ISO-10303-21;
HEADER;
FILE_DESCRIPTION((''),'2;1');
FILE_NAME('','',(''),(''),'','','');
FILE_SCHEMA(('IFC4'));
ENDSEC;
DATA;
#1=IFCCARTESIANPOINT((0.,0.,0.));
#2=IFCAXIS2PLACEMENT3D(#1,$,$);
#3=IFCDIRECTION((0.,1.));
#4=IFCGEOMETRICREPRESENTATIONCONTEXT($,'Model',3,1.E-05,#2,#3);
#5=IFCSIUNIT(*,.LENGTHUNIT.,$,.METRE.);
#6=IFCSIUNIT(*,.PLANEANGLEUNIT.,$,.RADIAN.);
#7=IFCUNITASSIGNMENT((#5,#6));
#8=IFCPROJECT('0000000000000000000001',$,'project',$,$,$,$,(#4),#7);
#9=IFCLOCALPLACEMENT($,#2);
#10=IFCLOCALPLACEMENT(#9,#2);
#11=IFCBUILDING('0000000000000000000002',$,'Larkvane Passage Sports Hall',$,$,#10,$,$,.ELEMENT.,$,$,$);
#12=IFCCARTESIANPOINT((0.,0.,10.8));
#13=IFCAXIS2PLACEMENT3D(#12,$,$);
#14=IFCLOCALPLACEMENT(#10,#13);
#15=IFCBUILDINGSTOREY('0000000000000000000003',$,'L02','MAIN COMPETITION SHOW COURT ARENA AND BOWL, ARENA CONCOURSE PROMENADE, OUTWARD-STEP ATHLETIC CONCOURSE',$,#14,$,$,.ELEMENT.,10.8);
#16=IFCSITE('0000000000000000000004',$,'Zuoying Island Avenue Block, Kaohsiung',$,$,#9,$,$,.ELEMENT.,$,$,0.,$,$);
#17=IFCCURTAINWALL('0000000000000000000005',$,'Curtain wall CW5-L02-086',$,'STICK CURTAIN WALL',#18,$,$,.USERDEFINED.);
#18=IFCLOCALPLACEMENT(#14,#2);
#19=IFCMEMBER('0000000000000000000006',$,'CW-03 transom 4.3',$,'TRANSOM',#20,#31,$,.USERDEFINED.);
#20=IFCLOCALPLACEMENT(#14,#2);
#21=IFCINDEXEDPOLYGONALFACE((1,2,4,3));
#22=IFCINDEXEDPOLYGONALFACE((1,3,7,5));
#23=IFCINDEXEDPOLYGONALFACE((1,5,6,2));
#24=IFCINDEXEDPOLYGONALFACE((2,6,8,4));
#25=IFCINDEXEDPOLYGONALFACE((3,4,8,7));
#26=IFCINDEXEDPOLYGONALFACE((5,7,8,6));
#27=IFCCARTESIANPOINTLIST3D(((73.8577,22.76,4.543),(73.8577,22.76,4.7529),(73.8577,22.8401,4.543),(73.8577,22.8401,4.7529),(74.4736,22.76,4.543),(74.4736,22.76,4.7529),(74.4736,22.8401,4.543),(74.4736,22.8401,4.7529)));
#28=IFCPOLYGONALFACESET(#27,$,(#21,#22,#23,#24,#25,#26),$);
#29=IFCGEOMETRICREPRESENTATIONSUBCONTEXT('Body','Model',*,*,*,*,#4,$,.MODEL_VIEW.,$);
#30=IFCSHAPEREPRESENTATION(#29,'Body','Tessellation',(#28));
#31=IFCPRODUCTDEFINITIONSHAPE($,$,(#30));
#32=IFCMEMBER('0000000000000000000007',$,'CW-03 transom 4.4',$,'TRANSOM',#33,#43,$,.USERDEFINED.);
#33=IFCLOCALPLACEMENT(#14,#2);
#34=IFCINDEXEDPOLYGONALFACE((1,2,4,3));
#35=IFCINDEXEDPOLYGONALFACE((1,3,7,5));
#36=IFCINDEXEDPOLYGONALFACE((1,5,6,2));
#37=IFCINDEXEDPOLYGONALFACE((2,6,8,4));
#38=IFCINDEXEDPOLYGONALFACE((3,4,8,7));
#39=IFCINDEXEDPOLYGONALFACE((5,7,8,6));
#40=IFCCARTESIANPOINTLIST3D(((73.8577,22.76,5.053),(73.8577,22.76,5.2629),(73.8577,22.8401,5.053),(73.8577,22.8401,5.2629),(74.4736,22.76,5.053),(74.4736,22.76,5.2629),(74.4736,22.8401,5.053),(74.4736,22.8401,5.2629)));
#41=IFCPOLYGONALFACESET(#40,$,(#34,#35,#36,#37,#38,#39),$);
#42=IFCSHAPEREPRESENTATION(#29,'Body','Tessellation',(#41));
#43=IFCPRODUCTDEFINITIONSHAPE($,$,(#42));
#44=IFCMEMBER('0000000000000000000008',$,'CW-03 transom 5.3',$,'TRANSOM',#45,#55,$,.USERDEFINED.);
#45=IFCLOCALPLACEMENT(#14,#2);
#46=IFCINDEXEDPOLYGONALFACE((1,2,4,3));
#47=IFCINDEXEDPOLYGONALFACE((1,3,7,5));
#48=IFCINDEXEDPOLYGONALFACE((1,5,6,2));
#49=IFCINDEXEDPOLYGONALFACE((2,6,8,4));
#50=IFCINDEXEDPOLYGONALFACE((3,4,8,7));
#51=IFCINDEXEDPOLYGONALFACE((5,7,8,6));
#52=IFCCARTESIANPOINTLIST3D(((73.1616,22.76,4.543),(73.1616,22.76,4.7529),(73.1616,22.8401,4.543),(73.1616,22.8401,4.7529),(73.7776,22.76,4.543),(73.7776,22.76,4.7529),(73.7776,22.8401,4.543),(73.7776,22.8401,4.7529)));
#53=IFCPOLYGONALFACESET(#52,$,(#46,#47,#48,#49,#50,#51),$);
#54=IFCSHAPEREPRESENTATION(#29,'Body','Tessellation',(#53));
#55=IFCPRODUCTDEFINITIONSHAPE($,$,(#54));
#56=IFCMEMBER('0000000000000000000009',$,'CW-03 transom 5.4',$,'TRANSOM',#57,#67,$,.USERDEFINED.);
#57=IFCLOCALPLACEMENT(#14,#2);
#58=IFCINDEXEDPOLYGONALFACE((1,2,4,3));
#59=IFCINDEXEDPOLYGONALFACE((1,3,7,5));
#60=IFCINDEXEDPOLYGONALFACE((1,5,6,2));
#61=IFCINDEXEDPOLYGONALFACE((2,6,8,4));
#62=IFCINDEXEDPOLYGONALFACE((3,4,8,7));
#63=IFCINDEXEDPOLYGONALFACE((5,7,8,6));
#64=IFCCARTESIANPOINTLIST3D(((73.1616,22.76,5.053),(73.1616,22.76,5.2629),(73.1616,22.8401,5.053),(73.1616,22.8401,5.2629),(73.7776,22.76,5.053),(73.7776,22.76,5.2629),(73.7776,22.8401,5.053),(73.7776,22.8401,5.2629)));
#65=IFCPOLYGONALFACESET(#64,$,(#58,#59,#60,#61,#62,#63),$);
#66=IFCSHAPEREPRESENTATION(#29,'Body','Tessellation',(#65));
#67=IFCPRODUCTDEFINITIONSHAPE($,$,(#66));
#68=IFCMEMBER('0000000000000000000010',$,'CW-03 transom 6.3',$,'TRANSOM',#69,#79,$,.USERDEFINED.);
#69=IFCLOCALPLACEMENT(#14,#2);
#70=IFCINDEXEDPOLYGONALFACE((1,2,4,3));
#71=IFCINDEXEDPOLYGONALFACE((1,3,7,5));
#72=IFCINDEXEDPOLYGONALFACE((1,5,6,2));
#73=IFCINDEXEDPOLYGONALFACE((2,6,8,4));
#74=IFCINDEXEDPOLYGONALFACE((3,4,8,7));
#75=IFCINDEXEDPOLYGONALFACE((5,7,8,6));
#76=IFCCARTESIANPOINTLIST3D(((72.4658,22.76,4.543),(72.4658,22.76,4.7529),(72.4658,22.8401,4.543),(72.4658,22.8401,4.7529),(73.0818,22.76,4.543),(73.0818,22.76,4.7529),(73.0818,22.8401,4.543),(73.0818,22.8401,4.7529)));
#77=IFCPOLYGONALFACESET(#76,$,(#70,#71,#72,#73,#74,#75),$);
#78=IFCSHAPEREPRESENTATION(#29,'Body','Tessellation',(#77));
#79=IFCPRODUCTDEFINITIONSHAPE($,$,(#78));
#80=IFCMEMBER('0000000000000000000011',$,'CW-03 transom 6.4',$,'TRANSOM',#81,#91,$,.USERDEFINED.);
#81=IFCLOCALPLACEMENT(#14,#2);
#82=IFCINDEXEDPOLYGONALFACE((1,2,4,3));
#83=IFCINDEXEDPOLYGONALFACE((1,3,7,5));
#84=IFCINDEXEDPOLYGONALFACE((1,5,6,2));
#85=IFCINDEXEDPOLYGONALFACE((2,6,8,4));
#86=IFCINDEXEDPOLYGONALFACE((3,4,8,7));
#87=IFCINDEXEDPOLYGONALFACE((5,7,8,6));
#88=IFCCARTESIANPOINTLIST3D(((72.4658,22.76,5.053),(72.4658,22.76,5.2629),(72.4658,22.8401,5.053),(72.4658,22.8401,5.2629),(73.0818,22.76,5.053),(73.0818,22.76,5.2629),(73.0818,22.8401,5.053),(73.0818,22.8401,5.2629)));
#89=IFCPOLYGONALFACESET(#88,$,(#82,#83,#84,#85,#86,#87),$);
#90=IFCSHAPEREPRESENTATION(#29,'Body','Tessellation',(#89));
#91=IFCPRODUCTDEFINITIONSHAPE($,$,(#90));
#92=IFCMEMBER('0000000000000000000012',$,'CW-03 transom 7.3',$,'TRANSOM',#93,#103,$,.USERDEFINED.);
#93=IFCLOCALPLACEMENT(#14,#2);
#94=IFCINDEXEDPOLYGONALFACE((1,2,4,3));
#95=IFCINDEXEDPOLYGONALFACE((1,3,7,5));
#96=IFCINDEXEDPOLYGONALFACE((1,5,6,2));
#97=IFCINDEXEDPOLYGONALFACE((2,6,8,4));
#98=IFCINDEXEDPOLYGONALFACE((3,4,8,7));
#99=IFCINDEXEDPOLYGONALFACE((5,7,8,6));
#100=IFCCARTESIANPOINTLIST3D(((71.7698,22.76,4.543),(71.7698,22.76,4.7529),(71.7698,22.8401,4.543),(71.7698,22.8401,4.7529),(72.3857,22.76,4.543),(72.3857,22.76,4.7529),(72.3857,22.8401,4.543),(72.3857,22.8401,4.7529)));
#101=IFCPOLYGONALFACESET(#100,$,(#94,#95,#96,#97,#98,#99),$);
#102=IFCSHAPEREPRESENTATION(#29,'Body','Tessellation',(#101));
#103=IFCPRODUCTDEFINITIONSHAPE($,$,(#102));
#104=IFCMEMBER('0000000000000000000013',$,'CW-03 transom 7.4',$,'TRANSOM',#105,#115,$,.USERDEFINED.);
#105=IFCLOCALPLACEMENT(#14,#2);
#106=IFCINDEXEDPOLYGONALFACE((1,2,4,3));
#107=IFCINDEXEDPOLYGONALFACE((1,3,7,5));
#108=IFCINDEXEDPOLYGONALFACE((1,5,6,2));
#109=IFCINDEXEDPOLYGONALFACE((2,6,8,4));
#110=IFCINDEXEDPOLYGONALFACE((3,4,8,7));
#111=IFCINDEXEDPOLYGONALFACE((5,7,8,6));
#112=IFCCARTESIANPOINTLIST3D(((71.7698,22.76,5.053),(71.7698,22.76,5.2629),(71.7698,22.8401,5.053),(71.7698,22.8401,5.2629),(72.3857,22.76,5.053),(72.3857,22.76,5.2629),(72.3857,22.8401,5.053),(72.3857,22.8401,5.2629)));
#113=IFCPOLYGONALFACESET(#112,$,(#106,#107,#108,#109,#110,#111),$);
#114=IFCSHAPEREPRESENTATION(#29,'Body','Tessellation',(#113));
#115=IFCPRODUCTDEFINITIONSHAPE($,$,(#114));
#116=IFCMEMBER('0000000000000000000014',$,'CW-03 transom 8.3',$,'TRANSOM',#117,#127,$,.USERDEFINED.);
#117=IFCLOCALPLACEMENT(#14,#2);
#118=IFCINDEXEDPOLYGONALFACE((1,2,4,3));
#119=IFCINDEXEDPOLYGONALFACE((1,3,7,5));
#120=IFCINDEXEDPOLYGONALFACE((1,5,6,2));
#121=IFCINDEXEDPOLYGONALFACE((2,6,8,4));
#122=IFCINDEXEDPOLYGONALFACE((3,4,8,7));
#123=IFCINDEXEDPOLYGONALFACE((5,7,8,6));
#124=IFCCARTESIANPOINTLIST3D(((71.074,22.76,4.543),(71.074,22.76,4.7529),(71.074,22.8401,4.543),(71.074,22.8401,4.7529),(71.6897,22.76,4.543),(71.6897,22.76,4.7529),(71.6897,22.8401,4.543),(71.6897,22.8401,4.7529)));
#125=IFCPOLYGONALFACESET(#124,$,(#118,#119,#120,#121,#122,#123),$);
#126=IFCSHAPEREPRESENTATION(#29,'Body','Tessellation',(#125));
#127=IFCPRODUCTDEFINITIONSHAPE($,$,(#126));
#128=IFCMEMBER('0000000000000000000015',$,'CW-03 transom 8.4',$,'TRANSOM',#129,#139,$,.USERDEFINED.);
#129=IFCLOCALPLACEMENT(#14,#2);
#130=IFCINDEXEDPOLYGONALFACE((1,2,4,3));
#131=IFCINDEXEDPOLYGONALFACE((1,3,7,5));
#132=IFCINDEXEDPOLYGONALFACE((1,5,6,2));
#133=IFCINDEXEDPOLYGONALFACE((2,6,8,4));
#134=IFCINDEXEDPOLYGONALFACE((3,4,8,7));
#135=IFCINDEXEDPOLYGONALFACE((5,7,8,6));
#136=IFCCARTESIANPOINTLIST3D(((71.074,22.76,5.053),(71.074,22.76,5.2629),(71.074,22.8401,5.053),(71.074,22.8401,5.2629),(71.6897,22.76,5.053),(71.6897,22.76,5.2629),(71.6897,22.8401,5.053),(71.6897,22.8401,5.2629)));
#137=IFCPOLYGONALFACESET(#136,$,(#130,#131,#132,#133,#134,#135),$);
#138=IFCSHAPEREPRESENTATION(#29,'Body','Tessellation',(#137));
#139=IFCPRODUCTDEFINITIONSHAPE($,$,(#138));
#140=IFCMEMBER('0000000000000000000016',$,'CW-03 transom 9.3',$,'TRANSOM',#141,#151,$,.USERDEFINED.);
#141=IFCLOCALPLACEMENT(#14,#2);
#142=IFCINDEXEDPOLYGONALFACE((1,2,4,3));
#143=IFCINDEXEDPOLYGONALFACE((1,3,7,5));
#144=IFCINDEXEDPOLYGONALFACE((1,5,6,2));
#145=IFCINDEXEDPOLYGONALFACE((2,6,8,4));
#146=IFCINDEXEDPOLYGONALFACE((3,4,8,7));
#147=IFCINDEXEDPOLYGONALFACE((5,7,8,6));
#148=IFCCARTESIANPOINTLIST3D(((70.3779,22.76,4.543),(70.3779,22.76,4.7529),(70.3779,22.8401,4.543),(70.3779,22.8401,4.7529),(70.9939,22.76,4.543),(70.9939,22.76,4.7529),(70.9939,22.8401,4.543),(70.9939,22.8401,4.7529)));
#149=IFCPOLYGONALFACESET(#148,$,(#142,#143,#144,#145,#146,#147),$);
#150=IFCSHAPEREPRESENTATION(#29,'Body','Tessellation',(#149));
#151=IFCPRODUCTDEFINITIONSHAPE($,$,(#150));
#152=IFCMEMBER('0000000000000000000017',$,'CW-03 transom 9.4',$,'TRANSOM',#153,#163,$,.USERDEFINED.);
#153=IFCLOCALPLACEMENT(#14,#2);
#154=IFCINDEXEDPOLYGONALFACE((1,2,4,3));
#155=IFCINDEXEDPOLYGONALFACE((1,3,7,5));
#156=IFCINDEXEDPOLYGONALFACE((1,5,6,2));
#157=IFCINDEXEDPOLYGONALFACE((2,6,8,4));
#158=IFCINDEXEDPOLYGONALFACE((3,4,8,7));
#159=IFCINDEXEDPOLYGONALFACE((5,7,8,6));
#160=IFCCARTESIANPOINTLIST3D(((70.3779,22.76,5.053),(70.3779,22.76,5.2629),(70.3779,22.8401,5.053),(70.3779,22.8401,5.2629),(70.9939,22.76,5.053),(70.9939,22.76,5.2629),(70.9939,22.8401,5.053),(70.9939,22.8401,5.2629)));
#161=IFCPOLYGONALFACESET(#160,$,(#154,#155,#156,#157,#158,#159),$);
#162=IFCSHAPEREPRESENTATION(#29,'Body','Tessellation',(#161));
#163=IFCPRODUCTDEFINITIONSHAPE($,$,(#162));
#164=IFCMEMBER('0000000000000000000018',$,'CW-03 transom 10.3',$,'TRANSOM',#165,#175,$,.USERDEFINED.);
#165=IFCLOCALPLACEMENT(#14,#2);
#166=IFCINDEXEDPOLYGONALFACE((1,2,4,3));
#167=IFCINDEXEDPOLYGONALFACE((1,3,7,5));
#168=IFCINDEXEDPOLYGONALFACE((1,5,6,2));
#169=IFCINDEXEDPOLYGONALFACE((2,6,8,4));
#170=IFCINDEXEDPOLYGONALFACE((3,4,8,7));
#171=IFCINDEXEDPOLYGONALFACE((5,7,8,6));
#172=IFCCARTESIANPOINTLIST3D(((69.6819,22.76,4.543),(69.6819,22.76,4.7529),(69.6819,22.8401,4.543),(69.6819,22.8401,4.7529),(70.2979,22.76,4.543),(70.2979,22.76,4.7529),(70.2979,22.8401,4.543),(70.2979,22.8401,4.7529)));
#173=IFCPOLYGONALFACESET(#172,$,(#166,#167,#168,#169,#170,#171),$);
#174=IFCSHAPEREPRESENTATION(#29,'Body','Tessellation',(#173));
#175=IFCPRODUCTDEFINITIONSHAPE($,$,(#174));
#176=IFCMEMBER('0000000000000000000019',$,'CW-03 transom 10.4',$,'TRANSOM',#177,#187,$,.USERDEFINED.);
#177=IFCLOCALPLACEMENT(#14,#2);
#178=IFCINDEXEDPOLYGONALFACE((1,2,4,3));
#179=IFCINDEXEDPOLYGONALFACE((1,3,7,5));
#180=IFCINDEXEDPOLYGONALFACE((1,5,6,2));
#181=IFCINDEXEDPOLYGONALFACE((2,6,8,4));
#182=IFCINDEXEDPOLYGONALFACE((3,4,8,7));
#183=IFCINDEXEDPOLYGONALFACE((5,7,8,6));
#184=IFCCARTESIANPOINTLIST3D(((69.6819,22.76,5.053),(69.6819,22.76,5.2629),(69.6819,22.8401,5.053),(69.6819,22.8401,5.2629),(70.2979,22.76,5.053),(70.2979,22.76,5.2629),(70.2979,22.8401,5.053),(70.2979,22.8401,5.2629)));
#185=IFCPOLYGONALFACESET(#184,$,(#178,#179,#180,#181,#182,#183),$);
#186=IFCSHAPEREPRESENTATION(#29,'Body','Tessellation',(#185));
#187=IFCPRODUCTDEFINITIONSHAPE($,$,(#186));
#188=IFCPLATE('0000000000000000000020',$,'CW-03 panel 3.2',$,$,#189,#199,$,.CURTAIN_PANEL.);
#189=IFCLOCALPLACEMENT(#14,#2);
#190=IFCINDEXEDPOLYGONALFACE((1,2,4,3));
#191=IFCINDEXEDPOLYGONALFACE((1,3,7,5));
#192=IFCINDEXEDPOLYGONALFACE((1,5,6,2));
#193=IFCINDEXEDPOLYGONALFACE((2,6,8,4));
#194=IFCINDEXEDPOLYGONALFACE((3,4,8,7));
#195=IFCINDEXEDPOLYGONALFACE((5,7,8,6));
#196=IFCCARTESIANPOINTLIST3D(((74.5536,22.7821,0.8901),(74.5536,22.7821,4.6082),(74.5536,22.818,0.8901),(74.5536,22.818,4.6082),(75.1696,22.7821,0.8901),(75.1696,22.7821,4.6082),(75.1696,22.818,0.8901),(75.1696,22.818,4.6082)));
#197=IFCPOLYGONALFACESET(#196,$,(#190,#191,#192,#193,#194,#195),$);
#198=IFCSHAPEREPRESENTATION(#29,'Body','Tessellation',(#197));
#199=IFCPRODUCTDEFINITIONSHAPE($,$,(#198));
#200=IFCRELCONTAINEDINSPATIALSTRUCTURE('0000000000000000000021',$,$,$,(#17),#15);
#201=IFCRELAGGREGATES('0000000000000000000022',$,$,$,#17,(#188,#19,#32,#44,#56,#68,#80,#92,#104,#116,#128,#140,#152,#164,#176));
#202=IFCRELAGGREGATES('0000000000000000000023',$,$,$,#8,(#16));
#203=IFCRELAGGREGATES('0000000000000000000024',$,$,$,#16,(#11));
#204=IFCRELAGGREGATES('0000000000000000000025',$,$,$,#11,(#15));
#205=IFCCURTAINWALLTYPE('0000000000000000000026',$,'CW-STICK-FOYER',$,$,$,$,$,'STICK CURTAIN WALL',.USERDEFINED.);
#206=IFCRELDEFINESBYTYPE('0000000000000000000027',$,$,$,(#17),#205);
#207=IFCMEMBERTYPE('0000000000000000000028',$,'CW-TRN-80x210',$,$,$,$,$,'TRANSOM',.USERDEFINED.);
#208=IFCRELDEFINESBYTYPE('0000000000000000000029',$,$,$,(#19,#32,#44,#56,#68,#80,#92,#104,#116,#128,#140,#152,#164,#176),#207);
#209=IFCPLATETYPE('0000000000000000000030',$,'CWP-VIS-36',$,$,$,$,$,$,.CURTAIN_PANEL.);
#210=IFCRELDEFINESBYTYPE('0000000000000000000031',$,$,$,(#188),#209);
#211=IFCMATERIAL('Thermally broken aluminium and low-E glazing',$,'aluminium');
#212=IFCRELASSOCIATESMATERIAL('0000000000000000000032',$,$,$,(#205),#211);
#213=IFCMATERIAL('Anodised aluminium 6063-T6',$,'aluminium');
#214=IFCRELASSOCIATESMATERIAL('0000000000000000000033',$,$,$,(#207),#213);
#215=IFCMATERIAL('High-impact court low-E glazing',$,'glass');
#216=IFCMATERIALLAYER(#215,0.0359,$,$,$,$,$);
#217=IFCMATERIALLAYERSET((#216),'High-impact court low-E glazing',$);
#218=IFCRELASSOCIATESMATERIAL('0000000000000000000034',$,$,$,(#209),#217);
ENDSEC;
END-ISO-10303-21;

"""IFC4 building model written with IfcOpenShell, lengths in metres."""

from ifc_helpers import new_model, si_unit, direction, frame, origin, origin_2d, place, context, subcontext, project, spatial, rectangle, extrude, material, layer, layer_set, material_profile, profile_set, type_object, element, aggregate, save


model = new_model("IFC4")

# Units and contexts
model_context = context("Model", 3, precision=1e-05, world=origin(), true_north=direction((0.0, 1.0)))
body_context = subcontext(model_context, "Body", "Model", "MODEL_VIEW")
ifc_project = project(units=[si_unit("LENGTHUNIT", "METRE"), si_unit("PLANEANGLEUNIT", "RADIAN")], contexts=[model_context])

# Site, building, storey
site_placement = place(None, origin())
site = spatial("IfcSite", under=ifc_project, at=site_placement, Name="Zuoying Island Avenue Block, Kaohsiung", CompositionType="ELEMENT", RefElevation=0.0)
building_placement = place(site_placement, origin())
building = spatial("IfcBuilding", under=site, at=building_placement, Name="Larkvane Passage Sports Hall", CompositionType="ELEMENT")
storey_placement = place(building_placement, frame((0.0, 0.0, 10.8)))
storey = spatial("IfcBuildingStorey", under=building, at=storey_placement, Name="L02", Description="MAIN COMPETITION SHOW COURT ARENA AND BOWL, ARENA CONCOURSE PROMENADE, OUTWARD-STEP ATHLETIC CONCOURSE", CompositionType="ELEMENT", Elevation=10.8)

# Curtain wall, members, plate
ifc_material_1 = material(Name="Thermally broken aluminium and low-E glazing", Category="aluminium")
curtain_wall_type = type_object("IfcCurtainWallType", Name="CW-STICK-FOYER", ElementType="STICK CURTAIN WALL", PredefinedType="USERDEFINED", material=ifc_material_1)
curtain_wall_placement = place(storey_placement, origin())
curtain_wall = element("IfcCurtainWall", 1, at=curtain_wall_placement, inside=storey, type_object=curtain_wall_type, Name="Curtain wall CW5-L02-086", ObjectType="STICK CURTAIN WALL", PredefinedType="USERDEFINED")
ifc_material_2 = material(Name="Anodised aluminium 6063-T6", Category="aluminium")
ifc_material_profile = material_profile(ifc_material_2, rectangle(XDim=0.0801, YDim=0.21, at=origin_2d()), Name="ALU-TRN-80x210")
ifc_profile_set = profile_set([ifc_material_profile], Name="Anodised aluminium 6063-T6")
member_type = type_object("IfcMemberType", Name="CW-TRN-80x210", ElementType="TRANSOM", PredefinedType="USERDEFINED", material=ifc_profile_set)
member_1_placement = place(storey_placement, frame((74.4736, 22.8, 4.6479), z_axis=(-1.0, 0.0, 0.0), x_axis=(0.0, -1.0, 0.0)))
member_1 = element("IfcMember", 2, at=member_1_placement, type_object=member_type, Name="CW-03 transom 4.3", ObjectType="TRANSOM", PredefinedType="USERDEFINED", context=body_context, shape_type="SweptSolid", body=[
    extrude(rectangle(XDim=0.0801, YDim=0.21, at=origin_2d()), origin(), (0.0, 0.0, 1.0), 0.616),
])
member_2_placement = place(storey_placement, frame((74.4736, 22.8, 5.158), z_axis=(-1.0, 0.0, 0.0), x_axis=(0.0, -1.0, 0.0)))
member_2 = element("IfcMember", 3, at=member_2_placement, type_object=member_type, Name="CW-03 transom 4.4", ObjectType="TRANSOM", PredefinedType="USERDEFINED", context=body_context, shape_type="SweptSolid", body=[
    extrude(rectangle(XDim=0.0801, YDim=0.21, at=origin_2d()), origin(), (0.0, 0.0, 1.0), 0.616),
])
member_3_placement = place(storey_placement, frame((73.7776, 22.8, 4.6479), z_axis=(-1.0, 0.0, 0.0), x_axis=(0.0, -1.0, 0.0)))
member_3 = element("IfcMember", 4, at=member_3_placement, type_object=member_type, Name="CW-03 transom 5.3", ObjectType="TRANSOM", PredefinedType="USERDEFINED", context=body_context, shape_type="SweptSolid", body=[
    extrude(rectangle(XDim=0.0801, YDim=0.21, at=origin_2d()), origin(), (0.0, 0.0, 1.0), 0.616),
])
member_4_placement = place(storey_placement, frame((73.7776, 22.8, 5.158), z_axis=(-1.0, 0.0, 0.0), x_axis=(0.0, -1.0, 0.0)))
member_4 = element("IfcMember", 5, at=member_4_placement, type_object=member_type, Name="CW-03 transom 5.4", ObjectType="TRANSOM", PredefinedType="USERDEFINED", context=body_context, shape_type="SweptSolid", body=[
    extrude(rectangle(XDim=0.0801, YDim=0.21, at=origin_2d()), origin(), (0.0, 0.0, 1.0), 0.616),
])
member_5_placement = place(storey_placement, frame((73.0818, 22.8, 4.6479), z_axis=(-1.0, 0.0, 0.0), x_axis=(0.0, -1.0, 0.0)))
member_5 = element("IfcMember", 6, at=member_5_placement, type_object=member_type, Name="CW-03 transom 6.3", ObjectType="TRANSOM", PredefinedType="USERDEFINED", context=body_context, shape_type="SweptSolid", body=[
    extrude(rectangle(XDim=0.0801, YDim=0.21, at=origin_2d()), origin(), (0.0, 0.0, 1.0), 0.616),
])
member_6_placement = place(storey_placement, frame((73.0818, 22.8, 5.158), z_axis=(-1.0, 0.0, 0.0), x_axis=(0.0, -1.0, 0.0)))
member_6 = element("IfcMember", 7, at=member_6_placement, type_object=member_type, Name="CW-03 transom 6.4", ObjectType="TRANSOM", PredefinedType="USERDEFINED", context=body_context, shape_type="SweptSolid", body=[
    extrude(rectangle(XDim=0.0801, YDim=0.21, at=origin_2d()), origin(), (0.0, 0.0, 1.0), 0.616),
])
member_7_placement = place(storey_placement, frame((72.3857, 22.8, 4.6479), z_axis=(-1.0, 0.0, 0.0), x_axis=(0.0, -1.0, 0.0)))
member_7 = element("IfcMember", 8, at=member_7_placement, type_object=member_type, Name="CW-03 transom 7.3", ObjectType="TRANSOM", PredefinedType="USERDEFINED", context=body_context, shape_type="SweptSolid", body=[
    extrude(rectangle(XDim=0.0801, YDim=0.21, at=origin_2d()), origin(), (0.0, 0.0, 1.0), 0.616),
])
member_8_placement = place(storey_placement, frame((72.3857, 22.8, 5.158), z_axis=(-1.0, 0.0, 0.0), x_axis=(0.0, -1.0, 0.0)))
member_8 = element("IfcMember", 9, at=member_8_placement, type_object=member_type, Name="CW-03 transom 7.4", ObjectType="TRANSOM", PredefinedType="USERDEFINED", context=body_context, shape_type="SweptSolid", body=[
    extrude(rectangle(XDim=0.0801, YDim=0.21, at=origin_2d()), origin(), (0.0, 0.0, 1.0), 0.616),
])
member_9_placement = place(storey_placement, frame((71.6897, 22.8, 4.6479), z_axis=(-1.0, 0.0, 0.0), x_axis=(0.0, -1.0, 0.0)))
member_9 = element("IfcMember", 10, at=member_9_placement, type_object=member_type, Name="CW-03 transom 8.3", ObjectType="TRANSOM", PredefinedType="USERDEFINED", context=body_context, shape_type="SweptSolid", body=[
    extrude(rectangle(XDim=0.0801, YDim=0.21, at=origin_2d()), origin(), (0.0, 0.0, 1.0), 0.6157),
])
member_10_placement = place(storey_placement, frame((71.6897, 22.8, 5.158), z_axis=(-1.0, 0.0, 0.0), x_axis=(0.0, -1.0, 0.0)))
member_10 = element("IfcMember", 11, at=member_10_placement, type_object=member_type, Name="CW-03 transom 8.4", ObjectType="TRANSOM", PredefinedType="USERDEFINED", context=body_context, shape_type="SweptSolid", body=[
    extrude(rectangle(XDim=0.0801, YDim=0.21, at=origin_2d()), origin(), (0.0, 0.0, 1.0), 0.6157),
])
member_11_placement = place(storey_placement, frame((70.9939, 22.8, 4.6479), z_axis=(-1.0, 0.0, 0.0), x_axis=(0.0, -1.0, 0.0)))
member_11 = element("IfcMember", 12, at=member_11_placement, type_object=member_type, Name="CW-03 transom 9.3", ObjectType="TRANSOM", PredefinedType="USERDEFINED", context=body_context, shape_type="SweptSolid", body=[
    extrude(rectangle(XDim=0.0801, YDim=0.21, at=origin_2d()), origin(), (0.0, 0.0, 1.0), 0.616),
])
member_12_placement = place(storey_placement, frame((70.9939, 22.8, 5.158), z_axis=(-1.0, 0.0, 0.0), x_axis=(0.0, -1.0, 0.0)))
member_12 = element("IfcMember", 13, at=member_12_placement, type_object=member_type, Name="CW-03 transom 9.4", ObjectType="TRANSOM", PredefinedType="USERDEFINED", context=body_context, shape_type="SweptSolid", body=[
    extrude(rectangle(XDim=0.0801, YDim=0.21, at=origin_2d()), origin(), (0.0, 0.0, 1.0), 0.616),
])
member_13_placement = place(storey_placement, frame((70.2979, 22.8, 4.6479), z_axis=(-1.0, 0.0, 0.0), x_axis=(0.0, -1.0, 0.0)))
member_13 = element("IfcMember", 14, at=member_13_placement, type_object=member_type, Name="CW-03 transom 10.3", ObjectType="TRANSOM", PredefinedType="USERDEFINED", context=body_context, shape_type="SweptSolid", body=[
    extrude(rectangle(XDim=0.0801, YDim=0.21, at=origin_2d()), origin(), (0.0, 0.0, 1.0), 0.616),
])
member_14_placement = place(storey_placement, frame((70.2979, 22.8, 5.158), z_axis=(-1.0, 0.0, 0.0), x_axis=(0.0, -1.0, 0.0)))
member_14 = element("IfcMember", 15, at=member_14_placement, type_object=member_type, Name="CW-03 transom 10.4", ObjectType="TRANSOM", PredefinedType="USERDEFINED", context=body_context, shape_type="SweptSolid", body=[
    extrude(rectangle(XDim=0.0801, YDim=0.21, at=origin_2d()), origin(), (0.0, 0.0, 1.0), 0.616),
])
ifc_material_3 = material(Name="High-impact court low-E glazing", Category="glass")
ifc_layer = layer(ifc_material_3, 0.0359)
ifc_layer_set = layer_set([ifc_layer], Name="High-impact court low-E glazing")
plate_type = type_object("IfcPlateType", Name="CWP-VIS-36", PredefinedType="CURTAIN_PANEL", material=ifc_layer_set)
plate_1_placement = place(storey_placement, frame((74.8616, 22.8, 0.8901), z_axis=(0.0, 0.0, 1.0), x_axis=(-1.0, 0.0, 0.0)))
plate_1 = element("IfcPlate", 16, at=plate_1_placement, type_object=plate_type, Name="CW-03 panel 3.2", PredefinedType="CURTAIN_PANEL", context=body_context, shape_type="SweptSolid", body=[
    extrude(rectangle(XDim=0.616, YDim=0.0359, at=origin_2d()), origin(), (0.0, 0.0, 1.0), 3.718),
])
aggregate(curtain_wall, [plate_1, member_1, member_2, member_3, member_4, member_5, member_6, member_7, member_8, member_9, member_10, member_11, member_12, member_13, member_14])

save(model, "model.ifc")
